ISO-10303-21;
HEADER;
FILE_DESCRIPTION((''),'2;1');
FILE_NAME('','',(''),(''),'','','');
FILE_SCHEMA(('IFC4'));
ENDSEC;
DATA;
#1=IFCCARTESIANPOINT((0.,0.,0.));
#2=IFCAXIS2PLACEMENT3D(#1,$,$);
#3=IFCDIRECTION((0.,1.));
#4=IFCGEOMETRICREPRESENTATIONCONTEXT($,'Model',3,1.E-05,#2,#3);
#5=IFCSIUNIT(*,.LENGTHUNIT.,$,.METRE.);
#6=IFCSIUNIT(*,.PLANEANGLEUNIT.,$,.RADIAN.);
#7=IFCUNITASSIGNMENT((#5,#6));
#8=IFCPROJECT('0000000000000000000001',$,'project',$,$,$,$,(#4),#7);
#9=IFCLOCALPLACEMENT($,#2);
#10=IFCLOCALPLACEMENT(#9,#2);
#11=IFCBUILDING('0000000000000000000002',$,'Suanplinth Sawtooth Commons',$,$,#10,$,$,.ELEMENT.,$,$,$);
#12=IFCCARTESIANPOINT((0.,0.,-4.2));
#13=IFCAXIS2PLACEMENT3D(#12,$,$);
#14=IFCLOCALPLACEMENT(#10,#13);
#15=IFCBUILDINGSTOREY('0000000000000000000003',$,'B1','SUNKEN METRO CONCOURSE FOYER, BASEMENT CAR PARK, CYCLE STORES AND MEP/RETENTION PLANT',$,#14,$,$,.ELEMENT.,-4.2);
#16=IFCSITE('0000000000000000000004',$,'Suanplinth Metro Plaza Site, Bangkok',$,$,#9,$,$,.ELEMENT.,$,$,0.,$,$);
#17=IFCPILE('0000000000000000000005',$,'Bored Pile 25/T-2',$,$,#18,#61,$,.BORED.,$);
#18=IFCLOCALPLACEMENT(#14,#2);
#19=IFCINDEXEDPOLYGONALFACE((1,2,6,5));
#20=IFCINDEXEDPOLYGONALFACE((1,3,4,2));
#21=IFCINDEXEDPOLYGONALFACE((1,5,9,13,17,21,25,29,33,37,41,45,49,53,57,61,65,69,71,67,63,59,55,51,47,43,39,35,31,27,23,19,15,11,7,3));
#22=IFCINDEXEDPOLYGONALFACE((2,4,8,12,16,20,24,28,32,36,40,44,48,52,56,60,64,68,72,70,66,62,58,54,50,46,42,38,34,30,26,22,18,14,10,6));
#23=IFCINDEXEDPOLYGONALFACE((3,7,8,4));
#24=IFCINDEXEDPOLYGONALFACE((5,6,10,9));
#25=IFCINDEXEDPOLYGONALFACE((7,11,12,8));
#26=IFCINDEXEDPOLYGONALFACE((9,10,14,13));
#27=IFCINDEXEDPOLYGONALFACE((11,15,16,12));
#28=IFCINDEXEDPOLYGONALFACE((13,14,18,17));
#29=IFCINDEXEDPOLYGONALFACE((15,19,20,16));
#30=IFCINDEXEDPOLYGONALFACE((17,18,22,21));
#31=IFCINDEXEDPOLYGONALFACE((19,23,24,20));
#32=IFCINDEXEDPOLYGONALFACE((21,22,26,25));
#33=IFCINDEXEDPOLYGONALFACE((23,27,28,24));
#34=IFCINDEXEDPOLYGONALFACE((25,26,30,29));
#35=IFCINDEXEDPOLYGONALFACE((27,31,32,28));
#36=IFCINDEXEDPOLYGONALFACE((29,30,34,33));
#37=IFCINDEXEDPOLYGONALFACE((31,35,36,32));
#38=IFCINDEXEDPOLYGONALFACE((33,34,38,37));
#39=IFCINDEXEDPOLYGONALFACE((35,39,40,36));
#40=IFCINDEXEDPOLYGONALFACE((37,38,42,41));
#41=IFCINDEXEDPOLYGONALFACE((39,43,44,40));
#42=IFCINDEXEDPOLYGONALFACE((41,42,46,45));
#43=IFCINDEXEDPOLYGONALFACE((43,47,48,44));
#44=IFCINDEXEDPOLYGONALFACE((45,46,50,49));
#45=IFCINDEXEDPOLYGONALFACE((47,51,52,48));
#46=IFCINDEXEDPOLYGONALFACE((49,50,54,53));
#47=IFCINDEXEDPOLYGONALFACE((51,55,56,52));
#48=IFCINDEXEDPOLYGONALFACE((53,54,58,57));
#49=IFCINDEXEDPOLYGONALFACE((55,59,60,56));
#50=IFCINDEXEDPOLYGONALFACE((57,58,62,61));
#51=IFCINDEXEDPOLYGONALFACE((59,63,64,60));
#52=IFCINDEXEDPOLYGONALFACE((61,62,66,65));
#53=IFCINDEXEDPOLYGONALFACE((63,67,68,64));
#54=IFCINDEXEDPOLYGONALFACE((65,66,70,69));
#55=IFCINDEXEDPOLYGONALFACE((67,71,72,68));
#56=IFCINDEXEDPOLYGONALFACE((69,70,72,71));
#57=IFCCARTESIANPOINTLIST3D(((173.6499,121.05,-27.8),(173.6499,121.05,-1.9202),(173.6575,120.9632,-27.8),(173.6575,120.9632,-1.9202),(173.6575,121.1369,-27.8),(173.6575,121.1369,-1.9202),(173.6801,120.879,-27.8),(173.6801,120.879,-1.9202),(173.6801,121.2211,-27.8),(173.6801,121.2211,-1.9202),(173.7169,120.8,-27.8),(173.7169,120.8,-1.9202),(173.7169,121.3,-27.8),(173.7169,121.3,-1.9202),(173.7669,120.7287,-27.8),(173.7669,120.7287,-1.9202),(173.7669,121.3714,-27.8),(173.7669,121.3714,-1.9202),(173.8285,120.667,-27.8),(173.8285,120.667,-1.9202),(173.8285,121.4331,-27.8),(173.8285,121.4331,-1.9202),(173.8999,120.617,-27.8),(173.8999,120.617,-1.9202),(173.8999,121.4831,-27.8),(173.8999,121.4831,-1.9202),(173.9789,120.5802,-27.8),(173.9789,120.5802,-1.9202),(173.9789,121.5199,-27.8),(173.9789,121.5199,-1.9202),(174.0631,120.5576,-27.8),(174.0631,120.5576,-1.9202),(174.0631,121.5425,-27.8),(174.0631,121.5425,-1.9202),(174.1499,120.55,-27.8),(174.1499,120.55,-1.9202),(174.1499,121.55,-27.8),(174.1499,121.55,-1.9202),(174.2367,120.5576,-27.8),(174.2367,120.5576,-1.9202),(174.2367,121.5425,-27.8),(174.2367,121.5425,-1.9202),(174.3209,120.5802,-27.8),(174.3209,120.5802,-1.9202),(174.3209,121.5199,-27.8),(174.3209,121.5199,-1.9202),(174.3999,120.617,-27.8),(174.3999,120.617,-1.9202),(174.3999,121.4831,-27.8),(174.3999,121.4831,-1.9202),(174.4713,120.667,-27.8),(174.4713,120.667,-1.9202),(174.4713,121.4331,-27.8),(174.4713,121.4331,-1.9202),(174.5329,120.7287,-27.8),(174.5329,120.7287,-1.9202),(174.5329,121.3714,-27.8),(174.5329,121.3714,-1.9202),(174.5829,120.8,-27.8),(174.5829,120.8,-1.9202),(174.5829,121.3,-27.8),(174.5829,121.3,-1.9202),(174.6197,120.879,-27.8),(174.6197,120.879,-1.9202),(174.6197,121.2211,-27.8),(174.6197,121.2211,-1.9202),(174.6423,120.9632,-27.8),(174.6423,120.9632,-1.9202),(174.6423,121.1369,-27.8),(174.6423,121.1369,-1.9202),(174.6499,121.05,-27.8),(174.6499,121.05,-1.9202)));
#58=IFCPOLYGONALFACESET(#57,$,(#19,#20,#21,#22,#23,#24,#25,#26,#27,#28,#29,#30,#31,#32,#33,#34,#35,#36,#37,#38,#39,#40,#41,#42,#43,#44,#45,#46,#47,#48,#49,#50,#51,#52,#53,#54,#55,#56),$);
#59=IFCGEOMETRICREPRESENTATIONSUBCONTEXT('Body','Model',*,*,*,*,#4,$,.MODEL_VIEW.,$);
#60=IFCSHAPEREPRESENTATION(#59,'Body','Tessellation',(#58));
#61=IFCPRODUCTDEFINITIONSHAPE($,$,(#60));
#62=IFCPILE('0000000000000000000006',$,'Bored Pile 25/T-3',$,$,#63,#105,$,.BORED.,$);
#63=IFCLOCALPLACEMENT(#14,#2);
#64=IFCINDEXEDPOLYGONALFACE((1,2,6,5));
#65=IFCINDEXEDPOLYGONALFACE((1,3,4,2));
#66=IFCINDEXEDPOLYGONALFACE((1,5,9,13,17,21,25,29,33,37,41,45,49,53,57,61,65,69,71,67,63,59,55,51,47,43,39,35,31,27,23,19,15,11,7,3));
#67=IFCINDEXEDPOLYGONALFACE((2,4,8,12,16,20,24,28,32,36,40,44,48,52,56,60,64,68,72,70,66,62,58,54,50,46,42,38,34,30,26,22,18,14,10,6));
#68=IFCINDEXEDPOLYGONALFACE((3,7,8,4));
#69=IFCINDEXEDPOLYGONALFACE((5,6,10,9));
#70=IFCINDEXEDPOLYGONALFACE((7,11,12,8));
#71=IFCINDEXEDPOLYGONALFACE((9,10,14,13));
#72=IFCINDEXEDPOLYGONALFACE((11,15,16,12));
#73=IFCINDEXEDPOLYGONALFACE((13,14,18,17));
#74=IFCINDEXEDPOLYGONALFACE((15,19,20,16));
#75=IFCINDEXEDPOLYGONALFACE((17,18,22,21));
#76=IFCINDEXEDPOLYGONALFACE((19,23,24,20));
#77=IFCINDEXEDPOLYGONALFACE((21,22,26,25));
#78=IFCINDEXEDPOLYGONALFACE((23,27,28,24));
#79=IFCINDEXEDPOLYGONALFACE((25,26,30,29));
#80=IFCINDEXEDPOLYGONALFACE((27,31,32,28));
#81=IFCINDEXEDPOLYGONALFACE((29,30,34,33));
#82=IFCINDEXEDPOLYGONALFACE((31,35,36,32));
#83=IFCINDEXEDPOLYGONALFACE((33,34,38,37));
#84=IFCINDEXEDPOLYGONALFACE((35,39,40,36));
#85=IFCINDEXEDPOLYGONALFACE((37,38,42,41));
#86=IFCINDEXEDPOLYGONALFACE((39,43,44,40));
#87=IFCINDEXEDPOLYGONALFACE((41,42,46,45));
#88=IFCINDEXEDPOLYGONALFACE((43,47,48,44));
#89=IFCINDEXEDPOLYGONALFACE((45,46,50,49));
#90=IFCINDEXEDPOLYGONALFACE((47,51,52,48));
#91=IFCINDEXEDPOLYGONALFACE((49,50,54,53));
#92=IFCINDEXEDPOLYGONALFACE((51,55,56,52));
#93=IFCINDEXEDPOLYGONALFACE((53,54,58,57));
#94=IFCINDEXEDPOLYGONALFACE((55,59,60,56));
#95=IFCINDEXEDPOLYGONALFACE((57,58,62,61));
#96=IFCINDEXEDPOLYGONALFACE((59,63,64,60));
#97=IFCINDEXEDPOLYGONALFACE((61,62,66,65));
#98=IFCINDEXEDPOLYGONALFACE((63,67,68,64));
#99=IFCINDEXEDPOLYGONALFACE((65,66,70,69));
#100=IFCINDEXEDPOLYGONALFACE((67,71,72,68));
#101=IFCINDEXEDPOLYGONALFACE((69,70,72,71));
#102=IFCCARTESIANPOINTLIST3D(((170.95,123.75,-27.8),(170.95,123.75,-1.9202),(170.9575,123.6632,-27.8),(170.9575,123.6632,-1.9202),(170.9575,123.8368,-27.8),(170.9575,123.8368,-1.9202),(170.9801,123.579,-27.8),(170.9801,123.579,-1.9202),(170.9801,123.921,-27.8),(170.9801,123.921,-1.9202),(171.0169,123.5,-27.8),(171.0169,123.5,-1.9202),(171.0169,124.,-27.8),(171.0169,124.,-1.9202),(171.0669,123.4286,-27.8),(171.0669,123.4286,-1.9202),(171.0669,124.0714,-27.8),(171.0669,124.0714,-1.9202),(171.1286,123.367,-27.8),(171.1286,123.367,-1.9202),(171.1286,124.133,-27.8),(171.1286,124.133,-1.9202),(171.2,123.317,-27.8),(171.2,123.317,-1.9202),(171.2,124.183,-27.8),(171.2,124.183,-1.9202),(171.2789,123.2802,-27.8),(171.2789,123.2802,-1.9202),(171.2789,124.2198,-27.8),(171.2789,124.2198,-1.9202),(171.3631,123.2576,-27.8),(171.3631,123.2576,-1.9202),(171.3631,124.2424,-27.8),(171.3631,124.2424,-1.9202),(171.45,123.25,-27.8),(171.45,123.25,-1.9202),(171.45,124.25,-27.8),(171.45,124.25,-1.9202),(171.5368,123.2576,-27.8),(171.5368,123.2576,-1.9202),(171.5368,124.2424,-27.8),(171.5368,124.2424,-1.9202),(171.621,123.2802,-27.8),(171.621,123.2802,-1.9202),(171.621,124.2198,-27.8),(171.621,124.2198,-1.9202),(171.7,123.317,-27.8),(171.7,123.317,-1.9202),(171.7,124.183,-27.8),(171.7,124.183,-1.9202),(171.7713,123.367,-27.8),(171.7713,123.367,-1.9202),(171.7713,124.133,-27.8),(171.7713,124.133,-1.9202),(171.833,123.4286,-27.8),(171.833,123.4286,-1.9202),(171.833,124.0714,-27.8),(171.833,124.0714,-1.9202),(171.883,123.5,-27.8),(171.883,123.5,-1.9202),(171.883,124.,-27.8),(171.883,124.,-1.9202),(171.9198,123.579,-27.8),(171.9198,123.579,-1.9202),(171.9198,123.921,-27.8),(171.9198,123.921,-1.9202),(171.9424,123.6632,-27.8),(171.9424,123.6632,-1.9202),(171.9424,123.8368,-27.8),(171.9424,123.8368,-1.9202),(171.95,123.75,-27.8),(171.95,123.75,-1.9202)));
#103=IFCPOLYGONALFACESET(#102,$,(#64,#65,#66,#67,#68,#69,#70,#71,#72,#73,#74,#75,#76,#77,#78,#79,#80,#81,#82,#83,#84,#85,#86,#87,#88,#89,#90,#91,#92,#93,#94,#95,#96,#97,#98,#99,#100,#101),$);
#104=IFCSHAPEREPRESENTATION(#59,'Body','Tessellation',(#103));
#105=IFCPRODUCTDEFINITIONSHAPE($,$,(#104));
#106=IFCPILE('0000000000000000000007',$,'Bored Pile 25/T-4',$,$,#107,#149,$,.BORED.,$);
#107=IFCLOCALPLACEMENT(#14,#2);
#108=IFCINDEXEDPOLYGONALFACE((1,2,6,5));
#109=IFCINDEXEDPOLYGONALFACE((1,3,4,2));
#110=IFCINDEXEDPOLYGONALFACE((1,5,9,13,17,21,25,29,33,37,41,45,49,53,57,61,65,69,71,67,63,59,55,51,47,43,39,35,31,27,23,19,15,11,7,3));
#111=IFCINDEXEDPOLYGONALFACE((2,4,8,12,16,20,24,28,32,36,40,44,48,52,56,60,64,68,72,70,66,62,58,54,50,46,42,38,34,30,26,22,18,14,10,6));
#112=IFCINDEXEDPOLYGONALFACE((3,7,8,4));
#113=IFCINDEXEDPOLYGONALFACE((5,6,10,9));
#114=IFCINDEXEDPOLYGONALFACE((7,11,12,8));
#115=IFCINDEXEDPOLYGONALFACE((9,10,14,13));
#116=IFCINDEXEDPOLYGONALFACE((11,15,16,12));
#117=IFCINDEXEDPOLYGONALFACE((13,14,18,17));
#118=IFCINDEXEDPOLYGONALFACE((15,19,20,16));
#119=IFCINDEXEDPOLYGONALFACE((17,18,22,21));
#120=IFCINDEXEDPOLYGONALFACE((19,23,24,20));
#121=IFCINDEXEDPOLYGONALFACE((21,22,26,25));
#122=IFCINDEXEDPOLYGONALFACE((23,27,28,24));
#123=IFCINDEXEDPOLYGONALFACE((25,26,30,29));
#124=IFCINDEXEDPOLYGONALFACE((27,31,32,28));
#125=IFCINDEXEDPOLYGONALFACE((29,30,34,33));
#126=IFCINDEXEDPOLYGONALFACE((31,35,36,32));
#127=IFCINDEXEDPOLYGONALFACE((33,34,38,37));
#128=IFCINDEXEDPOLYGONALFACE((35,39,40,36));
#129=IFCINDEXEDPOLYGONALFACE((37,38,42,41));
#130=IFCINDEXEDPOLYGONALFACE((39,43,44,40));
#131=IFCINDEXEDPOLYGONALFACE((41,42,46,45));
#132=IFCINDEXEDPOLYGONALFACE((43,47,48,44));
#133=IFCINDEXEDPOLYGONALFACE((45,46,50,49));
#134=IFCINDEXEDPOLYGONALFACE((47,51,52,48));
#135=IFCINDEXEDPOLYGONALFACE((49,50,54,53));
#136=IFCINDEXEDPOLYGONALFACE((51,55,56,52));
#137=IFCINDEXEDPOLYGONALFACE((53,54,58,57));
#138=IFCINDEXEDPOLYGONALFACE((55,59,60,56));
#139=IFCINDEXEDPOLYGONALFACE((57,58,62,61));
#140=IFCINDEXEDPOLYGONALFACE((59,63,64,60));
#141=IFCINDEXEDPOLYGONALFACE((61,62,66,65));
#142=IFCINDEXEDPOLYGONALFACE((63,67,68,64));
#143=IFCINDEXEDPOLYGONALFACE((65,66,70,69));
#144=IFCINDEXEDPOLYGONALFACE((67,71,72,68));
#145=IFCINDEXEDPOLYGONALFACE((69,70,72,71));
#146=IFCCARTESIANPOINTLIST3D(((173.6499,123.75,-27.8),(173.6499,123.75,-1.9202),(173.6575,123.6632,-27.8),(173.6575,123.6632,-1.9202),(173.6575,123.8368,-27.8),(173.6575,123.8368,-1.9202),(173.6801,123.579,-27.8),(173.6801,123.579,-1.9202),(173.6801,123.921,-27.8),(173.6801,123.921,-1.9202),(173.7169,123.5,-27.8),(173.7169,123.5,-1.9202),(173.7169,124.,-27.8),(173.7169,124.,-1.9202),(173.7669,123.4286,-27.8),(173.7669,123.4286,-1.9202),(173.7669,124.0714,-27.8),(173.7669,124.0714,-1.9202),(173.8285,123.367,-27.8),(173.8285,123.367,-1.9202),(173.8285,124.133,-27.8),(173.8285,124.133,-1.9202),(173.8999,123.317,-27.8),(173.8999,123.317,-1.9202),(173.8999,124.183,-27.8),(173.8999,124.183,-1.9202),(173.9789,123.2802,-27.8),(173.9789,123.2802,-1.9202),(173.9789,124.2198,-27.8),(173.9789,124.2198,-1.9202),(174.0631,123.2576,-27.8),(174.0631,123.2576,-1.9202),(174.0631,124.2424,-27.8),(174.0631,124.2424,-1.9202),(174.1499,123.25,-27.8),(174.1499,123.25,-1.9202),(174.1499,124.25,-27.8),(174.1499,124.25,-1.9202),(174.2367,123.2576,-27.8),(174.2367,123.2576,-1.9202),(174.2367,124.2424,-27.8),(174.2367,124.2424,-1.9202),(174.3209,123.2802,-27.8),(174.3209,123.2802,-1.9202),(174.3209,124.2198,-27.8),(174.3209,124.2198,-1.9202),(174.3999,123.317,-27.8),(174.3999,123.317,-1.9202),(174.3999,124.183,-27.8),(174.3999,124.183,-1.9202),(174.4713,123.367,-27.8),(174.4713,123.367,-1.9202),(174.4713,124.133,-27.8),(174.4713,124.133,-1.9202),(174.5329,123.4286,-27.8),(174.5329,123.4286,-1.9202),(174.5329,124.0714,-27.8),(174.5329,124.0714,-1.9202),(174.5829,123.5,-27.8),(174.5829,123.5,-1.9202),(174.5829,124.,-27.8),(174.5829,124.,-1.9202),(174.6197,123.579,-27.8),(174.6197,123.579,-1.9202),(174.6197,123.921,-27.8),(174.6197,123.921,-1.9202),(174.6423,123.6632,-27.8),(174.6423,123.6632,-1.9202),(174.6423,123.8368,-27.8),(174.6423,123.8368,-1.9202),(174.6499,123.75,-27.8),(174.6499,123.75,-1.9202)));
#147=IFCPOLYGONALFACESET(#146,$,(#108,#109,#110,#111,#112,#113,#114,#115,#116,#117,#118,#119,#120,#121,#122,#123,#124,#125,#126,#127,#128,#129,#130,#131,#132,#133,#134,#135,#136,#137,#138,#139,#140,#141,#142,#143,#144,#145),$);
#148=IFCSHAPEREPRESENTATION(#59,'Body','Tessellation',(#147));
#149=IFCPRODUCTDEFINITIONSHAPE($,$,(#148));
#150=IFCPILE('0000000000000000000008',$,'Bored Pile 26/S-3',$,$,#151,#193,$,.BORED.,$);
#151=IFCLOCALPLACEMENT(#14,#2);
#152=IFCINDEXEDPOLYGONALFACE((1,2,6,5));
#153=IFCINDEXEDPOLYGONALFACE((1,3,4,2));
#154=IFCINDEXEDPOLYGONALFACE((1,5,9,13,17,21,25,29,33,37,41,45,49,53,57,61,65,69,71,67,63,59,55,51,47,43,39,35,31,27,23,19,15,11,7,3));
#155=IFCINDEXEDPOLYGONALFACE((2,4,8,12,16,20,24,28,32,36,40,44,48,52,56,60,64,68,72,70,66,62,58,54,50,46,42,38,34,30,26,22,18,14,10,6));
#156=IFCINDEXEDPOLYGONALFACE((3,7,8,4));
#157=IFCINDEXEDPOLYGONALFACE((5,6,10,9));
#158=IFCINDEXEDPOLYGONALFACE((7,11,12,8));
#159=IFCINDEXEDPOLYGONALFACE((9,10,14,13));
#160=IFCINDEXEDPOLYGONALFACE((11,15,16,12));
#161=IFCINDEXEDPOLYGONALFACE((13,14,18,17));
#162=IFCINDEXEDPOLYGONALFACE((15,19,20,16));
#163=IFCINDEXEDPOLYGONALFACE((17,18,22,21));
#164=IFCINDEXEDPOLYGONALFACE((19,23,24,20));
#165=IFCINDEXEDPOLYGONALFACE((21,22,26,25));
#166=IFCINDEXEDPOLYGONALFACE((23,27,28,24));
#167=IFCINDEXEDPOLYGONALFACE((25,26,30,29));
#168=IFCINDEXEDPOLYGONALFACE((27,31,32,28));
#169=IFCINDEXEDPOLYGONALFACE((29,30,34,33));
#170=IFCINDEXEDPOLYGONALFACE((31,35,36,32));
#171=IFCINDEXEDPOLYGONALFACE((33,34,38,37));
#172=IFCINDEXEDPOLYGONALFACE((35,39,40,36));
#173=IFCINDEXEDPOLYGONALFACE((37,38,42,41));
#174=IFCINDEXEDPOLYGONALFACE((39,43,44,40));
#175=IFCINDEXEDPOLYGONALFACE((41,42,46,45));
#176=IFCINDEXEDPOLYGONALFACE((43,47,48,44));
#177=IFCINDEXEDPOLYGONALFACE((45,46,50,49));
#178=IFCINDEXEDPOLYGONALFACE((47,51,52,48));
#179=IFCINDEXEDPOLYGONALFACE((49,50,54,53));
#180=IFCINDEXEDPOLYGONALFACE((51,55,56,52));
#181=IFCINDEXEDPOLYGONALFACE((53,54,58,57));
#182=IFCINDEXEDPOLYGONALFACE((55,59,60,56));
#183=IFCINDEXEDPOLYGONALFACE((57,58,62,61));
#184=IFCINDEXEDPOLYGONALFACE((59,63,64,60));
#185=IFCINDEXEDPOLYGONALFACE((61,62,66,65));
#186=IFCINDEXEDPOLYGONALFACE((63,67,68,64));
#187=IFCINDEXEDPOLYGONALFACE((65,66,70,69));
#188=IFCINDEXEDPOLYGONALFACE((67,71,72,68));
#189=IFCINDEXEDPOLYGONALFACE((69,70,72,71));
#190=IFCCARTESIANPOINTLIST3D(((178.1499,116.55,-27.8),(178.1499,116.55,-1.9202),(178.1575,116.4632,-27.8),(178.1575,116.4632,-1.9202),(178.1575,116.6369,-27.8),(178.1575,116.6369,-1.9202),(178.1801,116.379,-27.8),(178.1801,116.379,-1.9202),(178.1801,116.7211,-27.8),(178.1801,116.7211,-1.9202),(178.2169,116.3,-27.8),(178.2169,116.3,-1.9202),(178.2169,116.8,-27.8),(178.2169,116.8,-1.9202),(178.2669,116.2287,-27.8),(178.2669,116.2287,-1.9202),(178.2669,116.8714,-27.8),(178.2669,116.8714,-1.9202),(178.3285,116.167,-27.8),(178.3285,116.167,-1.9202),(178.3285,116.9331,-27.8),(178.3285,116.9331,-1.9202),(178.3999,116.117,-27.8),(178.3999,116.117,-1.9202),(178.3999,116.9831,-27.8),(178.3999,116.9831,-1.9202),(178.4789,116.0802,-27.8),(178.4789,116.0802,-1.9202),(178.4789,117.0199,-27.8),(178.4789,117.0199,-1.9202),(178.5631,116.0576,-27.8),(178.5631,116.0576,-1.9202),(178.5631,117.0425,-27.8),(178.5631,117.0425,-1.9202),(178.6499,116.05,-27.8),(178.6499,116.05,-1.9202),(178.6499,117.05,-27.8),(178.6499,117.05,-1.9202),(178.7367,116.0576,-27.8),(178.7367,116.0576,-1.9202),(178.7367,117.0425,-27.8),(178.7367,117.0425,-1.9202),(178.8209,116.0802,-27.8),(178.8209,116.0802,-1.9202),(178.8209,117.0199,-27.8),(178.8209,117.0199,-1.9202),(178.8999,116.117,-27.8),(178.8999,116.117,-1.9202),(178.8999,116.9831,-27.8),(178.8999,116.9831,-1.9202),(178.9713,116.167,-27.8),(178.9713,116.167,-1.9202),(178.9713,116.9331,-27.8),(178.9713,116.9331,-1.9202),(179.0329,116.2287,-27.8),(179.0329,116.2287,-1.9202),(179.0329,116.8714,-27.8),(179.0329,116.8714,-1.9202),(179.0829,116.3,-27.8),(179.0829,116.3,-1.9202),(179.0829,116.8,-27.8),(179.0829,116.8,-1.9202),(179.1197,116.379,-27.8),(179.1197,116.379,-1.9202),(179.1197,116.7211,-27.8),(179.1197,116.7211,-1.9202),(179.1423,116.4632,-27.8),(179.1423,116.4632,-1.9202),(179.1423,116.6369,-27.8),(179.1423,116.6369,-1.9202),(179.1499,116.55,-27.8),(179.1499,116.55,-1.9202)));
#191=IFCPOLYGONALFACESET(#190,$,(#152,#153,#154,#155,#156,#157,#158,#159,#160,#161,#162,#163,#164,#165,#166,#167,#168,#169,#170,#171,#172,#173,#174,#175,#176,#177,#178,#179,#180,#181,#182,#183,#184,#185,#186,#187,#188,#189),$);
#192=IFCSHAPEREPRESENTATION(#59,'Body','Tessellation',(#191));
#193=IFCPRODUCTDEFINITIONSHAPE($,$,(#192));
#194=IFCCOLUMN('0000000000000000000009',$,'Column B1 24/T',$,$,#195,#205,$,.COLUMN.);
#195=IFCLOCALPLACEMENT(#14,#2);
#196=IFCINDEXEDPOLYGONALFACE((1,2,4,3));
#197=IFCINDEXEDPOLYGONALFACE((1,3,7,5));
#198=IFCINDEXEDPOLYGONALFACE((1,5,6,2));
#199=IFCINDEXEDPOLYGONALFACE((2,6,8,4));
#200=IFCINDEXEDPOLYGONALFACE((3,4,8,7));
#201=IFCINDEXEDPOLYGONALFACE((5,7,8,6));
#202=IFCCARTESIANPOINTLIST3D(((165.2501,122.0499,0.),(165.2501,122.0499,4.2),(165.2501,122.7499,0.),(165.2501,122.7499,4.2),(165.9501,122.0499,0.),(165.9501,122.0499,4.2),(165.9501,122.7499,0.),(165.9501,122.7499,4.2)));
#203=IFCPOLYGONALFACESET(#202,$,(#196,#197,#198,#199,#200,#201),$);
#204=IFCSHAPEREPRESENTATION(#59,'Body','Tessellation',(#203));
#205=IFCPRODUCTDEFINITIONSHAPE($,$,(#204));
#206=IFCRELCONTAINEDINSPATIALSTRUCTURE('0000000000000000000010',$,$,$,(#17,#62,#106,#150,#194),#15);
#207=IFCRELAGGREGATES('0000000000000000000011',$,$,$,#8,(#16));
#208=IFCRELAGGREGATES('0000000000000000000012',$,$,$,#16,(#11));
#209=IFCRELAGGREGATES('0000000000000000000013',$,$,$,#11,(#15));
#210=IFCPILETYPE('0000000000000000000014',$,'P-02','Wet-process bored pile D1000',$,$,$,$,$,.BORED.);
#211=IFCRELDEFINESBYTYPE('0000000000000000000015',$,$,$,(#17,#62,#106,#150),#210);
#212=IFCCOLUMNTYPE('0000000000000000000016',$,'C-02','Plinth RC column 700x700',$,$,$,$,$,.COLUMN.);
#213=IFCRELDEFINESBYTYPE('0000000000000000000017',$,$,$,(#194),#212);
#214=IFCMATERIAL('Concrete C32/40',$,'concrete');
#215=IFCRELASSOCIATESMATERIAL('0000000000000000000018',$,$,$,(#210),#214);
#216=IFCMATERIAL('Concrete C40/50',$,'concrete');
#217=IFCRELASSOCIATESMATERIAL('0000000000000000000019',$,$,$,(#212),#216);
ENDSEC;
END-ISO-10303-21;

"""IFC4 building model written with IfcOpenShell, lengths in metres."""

from ifc_helpers import new_model, si_unit, direction, frame, origin, origin_2d, place, context, subcontext, project, spatial, rectangle, circle, extrude, material, material_profile, profile_set, type_object, element, save


model = new_model("IFC4")

# Units and contexts
model_context = context("Model", 3, precision=1e-05, world=origin(), true_north=direction((0.0, 1.0)))
body_context = subcontext(model_context, "Body", "Model", "MODEL_VIEW")
ifc_project = project(units=[si_unit("LENGTHUNIT", "METRE"), si_unit("PLANEANGLEUNIT", "RADIAN")], contexts=[model_context])

# Site, building, storey
site_placement = place(None, origin())
site = spatial("IfcSite", under=ifc_project, at=site_placement, Name="Suanplinth Metro Plaza Site, Bangkok", CompositionType="ELEMENT", RefElevation=0.0)
building_placement = place(site_placement, origin())
building = spatial("IfcBuilding", under=site, at=building_placement, Name="Suanplinth Sawtooth Commons", CompositionType="ELEMENT")
storey_placement = place(building_placement, frame((0.0, 0.0, -4.2)))
storey = spatial("IfcBuildingStorey", under=building, at=storey_placement, Name="B1", Description="SUNKEN METRO CONCOURSE FOYER, BASEMENT CAR PARK, CYCLE STORES AND MEP/RETENTION PLANT", CompositionType="ELEMENT", Elevation=-4.2)

# Piles
ifc_material_1 = material(Name="Concrete C32/40", Category="concrete")
ifc_material_profile_1 = material_profile(ifc_material_1, circle(Radius=0.5, at=origin_2d()), Name="PILE D1000")
ifc_profile_set_1 = profile_set([ifc_material_profile_1], Name="Concrete C32/40")
pile_type = type_object("IfcPileType", Name="P-02", Description="Wet-process bored pile D1000", PredefinedType="BORED", material=ifc_profile_set_1)
for number, where, z_axis, x_axis, name in (
    (1, (174.1499, 121.05, -1.9202), (0.0, 0.0, -1.0), (1.0, 0.0, 0.0), "Bored Pile 25/T-2"),
    (2, (171.45, 123.75, -1.9202), (0.0, 0.0, -1.0), (1.0, 0.0, 0.0), "Bored Pile 25/T-3"),
    (3, (174.1499, 123.75, -1.9202), (0.0, 0.0, -1.0), (1.0, 0.0, 0.0), "Bored Pile 25/T-4"),
    (4, (178.6499, 116.55, -1.9202), (0.0, 0.0, -1.0), (1.0, 0.0, 0.0), "Bored Pile 26/S-3"),
):
    element("IfcPile", number, at=place(storey_placement, frame(where, z_axis=z_axis, x_axis=x_axis)), inside=storey, type_object=pile_type, Name=name, PredefinedType="BORED", context=body_context, shape_type="SweptSolid", body=[
        extrude(circle(Radius=0.5, at=origin_2d()), origin(), (0.0, 0.0, 1.0), 25.8799),
    ])

# Column
ifc_material_2 = material(Name="Concrete C40/50", Category="concrete")
ifc_material_profile_2 = material_profile(ifc_material_2, rectangle(XDim=0.7, YDim=0.7, at=origin_2d()), Name="RC-COL 700x700")
ifc_profile_set_2 = profile_set([ifc_material_profile_2], Name="Concrete C40/50")
column_type = type_object("IfcColumnType", Name="C-02", Description="Plinth RC column 700x700", PredefinedType="COLUMN", material=ifc_profile_set_2)
for number, where, z_axis, x_axis, name in (
    (5, (165.6001, 122.3999, 0.0), (0.0, 0.0, 1.0), (1.0, 0.0, 0.0), "Column B1 24/T"),
):
    element("IfcColumn", number, at=place(storey_placement, frame(where, z_axis=z_axis, x_axis=x_axis)), inside=storey, type_object=column_type, Name=name, PredefinedType="COLUMN", context=body_context, shape_type="SweptSolid", body=[
        extrude(rectangle(XDim=0.7, YDim=0.7, at=origin_2d()), origin(), (0.0, 0.0, 1.0), 4.2),
    ])

save(model, "model.ifc")
